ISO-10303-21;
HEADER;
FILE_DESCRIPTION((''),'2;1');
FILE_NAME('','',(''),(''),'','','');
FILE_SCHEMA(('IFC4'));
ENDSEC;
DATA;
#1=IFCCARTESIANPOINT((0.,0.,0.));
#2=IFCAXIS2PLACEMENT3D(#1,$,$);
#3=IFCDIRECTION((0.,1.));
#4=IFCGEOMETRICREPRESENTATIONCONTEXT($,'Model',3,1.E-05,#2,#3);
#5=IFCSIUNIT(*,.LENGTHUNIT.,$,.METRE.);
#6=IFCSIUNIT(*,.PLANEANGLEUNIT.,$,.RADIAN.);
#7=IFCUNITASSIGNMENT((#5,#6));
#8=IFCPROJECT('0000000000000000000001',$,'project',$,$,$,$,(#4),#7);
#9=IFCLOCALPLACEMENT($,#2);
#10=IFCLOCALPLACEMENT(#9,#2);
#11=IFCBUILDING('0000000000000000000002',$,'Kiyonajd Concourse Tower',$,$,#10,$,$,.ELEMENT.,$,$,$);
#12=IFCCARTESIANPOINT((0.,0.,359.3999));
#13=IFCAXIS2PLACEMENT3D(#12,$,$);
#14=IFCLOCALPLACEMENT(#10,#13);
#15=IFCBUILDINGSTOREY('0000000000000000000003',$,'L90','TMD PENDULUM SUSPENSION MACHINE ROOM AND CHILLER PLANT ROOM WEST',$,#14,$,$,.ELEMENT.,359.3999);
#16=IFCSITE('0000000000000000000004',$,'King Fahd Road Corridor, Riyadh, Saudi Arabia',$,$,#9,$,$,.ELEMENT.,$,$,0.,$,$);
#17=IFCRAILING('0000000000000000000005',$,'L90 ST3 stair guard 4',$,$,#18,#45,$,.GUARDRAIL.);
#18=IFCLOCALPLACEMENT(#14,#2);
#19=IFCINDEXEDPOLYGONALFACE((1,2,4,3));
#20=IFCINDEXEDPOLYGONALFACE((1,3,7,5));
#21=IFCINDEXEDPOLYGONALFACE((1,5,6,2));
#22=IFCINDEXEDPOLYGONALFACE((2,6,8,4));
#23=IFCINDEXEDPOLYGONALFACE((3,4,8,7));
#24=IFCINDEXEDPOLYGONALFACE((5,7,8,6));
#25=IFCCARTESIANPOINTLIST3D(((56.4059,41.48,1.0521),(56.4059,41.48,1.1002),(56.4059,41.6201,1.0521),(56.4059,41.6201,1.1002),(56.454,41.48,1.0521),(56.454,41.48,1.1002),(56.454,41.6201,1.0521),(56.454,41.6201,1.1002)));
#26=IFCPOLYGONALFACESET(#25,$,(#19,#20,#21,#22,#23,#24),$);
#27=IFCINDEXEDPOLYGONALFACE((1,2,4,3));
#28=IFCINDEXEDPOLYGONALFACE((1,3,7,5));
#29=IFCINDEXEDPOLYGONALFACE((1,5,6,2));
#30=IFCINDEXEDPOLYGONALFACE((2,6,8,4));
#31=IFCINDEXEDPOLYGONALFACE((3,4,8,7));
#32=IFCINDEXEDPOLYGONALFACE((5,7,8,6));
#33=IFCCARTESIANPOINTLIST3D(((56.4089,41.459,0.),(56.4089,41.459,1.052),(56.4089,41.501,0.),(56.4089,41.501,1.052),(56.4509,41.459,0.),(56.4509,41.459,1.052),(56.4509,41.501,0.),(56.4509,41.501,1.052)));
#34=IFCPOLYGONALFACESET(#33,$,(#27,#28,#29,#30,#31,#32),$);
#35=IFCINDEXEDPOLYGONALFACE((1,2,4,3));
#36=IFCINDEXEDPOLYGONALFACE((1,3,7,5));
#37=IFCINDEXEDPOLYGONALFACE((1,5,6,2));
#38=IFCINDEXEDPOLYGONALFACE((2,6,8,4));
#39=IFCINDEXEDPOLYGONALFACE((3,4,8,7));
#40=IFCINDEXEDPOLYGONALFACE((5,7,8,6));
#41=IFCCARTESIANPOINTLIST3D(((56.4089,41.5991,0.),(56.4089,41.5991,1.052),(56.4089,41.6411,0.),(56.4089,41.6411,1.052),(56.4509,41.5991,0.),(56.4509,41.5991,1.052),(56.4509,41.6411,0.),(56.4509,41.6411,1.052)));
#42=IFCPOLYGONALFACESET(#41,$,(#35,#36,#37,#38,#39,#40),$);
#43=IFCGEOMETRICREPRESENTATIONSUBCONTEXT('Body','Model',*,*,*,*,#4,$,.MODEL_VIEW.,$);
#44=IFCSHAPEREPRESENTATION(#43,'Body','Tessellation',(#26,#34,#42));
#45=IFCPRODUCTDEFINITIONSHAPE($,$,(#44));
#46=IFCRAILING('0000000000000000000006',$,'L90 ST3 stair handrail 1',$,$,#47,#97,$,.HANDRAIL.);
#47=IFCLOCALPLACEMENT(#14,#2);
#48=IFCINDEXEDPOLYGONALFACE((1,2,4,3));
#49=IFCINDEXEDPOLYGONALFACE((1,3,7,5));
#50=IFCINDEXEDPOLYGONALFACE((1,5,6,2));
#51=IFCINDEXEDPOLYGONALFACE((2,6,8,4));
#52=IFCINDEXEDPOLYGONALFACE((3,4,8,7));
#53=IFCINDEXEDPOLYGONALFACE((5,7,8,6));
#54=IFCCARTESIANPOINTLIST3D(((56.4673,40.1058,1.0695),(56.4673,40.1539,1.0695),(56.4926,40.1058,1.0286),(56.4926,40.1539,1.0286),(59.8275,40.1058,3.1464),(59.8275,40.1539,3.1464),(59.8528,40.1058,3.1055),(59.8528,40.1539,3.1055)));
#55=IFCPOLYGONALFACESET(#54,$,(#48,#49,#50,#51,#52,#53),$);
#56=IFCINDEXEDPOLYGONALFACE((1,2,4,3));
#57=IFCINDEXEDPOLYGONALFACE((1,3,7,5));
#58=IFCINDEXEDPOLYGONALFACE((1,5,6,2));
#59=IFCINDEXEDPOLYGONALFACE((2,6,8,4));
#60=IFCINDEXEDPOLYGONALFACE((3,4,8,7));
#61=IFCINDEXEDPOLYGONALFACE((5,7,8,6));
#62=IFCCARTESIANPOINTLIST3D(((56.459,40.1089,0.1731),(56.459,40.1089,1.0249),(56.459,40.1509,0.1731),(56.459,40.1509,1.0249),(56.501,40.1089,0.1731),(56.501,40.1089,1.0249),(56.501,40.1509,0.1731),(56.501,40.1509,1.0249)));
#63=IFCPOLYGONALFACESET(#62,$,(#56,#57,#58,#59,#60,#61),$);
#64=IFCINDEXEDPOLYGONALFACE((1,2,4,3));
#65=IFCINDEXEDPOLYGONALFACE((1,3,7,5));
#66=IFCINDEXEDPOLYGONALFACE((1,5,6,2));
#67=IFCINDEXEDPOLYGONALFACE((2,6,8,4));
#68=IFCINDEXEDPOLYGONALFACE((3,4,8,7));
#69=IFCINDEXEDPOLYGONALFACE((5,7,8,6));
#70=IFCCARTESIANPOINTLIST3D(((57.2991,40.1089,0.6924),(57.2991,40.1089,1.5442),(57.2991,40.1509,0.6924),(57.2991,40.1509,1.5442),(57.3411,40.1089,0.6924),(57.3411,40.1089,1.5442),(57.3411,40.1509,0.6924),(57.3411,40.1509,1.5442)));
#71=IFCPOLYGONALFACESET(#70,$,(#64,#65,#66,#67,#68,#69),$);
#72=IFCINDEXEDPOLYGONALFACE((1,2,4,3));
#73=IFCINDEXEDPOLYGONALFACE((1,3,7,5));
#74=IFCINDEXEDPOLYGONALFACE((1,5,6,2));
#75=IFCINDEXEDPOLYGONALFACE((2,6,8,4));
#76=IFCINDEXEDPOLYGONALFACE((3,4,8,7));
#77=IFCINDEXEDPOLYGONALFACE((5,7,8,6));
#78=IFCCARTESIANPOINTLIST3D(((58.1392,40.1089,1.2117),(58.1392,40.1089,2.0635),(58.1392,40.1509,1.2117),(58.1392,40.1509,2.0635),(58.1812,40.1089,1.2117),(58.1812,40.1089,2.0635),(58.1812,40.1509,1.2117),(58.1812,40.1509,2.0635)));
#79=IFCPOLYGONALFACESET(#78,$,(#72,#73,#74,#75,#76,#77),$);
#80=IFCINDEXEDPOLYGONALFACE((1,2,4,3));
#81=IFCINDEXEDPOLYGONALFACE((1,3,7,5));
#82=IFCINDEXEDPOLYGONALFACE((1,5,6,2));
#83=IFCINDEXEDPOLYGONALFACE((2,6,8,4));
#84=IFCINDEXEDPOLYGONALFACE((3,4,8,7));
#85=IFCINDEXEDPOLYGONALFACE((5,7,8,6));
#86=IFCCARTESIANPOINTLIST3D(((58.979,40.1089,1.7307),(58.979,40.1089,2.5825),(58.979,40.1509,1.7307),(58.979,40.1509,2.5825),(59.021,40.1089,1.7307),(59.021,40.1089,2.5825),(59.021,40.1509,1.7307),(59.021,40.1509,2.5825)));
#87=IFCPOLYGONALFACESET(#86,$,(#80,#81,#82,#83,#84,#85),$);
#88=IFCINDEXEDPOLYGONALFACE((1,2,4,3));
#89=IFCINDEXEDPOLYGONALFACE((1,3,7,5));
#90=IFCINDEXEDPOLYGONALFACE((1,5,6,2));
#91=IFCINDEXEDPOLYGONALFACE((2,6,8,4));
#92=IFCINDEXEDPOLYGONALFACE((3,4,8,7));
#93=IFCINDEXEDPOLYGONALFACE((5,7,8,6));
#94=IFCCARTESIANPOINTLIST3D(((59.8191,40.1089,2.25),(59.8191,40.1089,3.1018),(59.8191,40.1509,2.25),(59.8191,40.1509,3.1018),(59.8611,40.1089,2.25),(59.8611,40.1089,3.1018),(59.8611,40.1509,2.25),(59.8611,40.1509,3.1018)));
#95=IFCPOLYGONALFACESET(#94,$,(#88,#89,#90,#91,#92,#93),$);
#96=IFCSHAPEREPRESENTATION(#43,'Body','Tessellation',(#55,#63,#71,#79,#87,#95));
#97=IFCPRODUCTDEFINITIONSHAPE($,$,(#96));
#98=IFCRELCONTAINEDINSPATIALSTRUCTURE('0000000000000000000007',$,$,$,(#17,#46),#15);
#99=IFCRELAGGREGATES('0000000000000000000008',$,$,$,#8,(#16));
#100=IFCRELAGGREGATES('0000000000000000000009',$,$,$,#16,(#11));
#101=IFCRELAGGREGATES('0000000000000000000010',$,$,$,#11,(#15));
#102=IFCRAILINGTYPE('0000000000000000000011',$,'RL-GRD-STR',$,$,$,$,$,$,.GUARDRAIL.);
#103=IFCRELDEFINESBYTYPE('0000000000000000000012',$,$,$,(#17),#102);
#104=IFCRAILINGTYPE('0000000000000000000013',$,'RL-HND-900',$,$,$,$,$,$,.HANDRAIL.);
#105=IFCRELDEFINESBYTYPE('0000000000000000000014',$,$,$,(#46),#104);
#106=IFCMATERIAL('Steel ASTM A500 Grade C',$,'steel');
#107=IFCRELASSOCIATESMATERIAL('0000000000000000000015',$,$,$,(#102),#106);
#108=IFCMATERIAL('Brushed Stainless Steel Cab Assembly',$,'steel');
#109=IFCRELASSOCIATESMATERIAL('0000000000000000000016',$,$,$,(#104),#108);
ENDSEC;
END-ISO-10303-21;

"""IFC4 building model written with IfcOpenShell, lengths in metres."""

from ifc_helpers import new_model, si_unit, direction, frame, origin, origin_2d, place, context, subcontext, project, spatial, rectangle, extrude, material, type_object, element, save


model = new_model("IFC4")

# Units and contexts
model_context = context("Model", 3, precision=1e-05, world=origin(), true_north=direction((0.0, 1.0)))
body_context = subcontext(model_context, "Body", "Model", "MODEL_VIEW")
ifc_project = project(units=[si_unit("LENGTHUNIT", "METRE"), si_unit("PLANEANGLEUNIT", "RADIAN")], contexts=[model_context])

# Site, building, storey
site_placement = place(None, origin())
site = spatial("IfcSite", under=ifc_project, at=site_placement, Name="King Fahd Road Corridor, Riyadh, Saudi Arabia", CompositionType="ELEMENT", RefElevation=0.0)
building_placement = place(site_placement, origin())
building = spatial("IfcBuilding", under=site, at=building_placement, Name="Kiyonajd Concourse Tower", CompositionType="ELEMENT")
storey_placement = place(building_placement, frame((0.0, 0.0, 359.3999)))
storey = spatial("IfcBuildingStorey", under=building, at=storey_placement, Name="L90", Description="TMD PENDULUM SUSPENSION MACHINE ROOM AND CHILLER PLANT ROOM WEST", CompositionType="ELEMENT", Elevation=359.3999)

# Shared definitions
ifc_material_1 = material(Name="Steel ASTM A500 Grade C", Category="steel")

# Shared definitions
ifc_material_2 = material(Name="Brushed Stainless Steel Cab Assembly", Category="steel")

# Railings
railing_type_1 = type_object("IfcRailingType", Name="RL-GRD-STR", PredefinedType="GUARDRAIL", material=ifc_material_1)
railing_1_placement = place(storey_placement, frame((56.4299, 41.48, 0.0)))
element("IfcRailing", 1, at=railing_1_placement, inside=storey, type_object=railing_type_1, Name="L90 ST3 stair guard 4", PredefinedType="GUARDRAIL", context=body_context, shape_type="SweptSolid", body=[
    extrude(rectangle(XDim=0.0481, YDim=0.0481, at=origin_2d()), frame((0.0, 0.0, 1.0762), z_axis=(0.0, 1.0, 0.0), x_axis=(-1.0, 0.0, 0.0)), (0.0, 0.0, 1.0), 0.1401),
    extrude(rectangle(XDim=0.042, YDim=0.042, at=origin_2d()), origin(), (0.0, 0.0, 1.0), 1.052),
    extrude(rectangle(XDim=0.042, YDim=0.042, at=origin_2d()), frame((0.0, 0.1401, 0.0)), (0.0, 0.0, 1.0), 1.052),
])
railing_type_2 = type_object("IfcRailingType", Name="RL-HND-900", PredefinedType="HANDRAIL", material=ifc_material_2)
railing_2_placement = place(storey_placement, frame((56.48, 40.1299, 0.1731)))
element("IfcRailing", 2, at=railing_2_placement, inside=storey, type_object=railing_type_2, Name="L90 ST3 stair handrail 1", PredefinedType="HANDRAIL", context=body_context, shape_type="SweptSolid", body=[
    extrude(rectangle(XDim=0.0481, YDim=0.0481, at=origin_2d()), frame((0.0, 0.0, 0.876), z_axis=(0.850623, 0.0, 0.525776), x_axis=(0.0, 1.0, 0.0)), (0.0, 0.0, 1.0), 3.9502),
    extrude(rectangle(XDim=0.042, YDim=0.042, at=origin_2d()), origin(), (0.0, 0.0, 1.0), 0.8518),
    extrude(rectangle(XDim=0.042, YDim=0.042, at=origin_2d()), frame((0.8401, 0.0, 0.5193)), (0.0, 0.0, 1.0), 0.8518),
    extrude(rectangle(XDim=0.042, YDim=0.042, at=origin_2d()), frame((1.6802, 0.0, 1.0386)), (0.0, 0.0, 1.0), 0.8518),
    extrude(rectangle(XDim=0.042, YDim=0.042, at=origin_2d()), frame((2.52, 0.0, 1.5576)), (0.0, 0.0, 1.0), 0.8518),
    extrude(rectangle(XDim=0.042, YDim=0.042, at=origin_2d()), frame((3.3601, 0.0, 2.0769)), (0.0, 0.0, 1.0), 0.8518),
])

save(model, "model.ifc")
